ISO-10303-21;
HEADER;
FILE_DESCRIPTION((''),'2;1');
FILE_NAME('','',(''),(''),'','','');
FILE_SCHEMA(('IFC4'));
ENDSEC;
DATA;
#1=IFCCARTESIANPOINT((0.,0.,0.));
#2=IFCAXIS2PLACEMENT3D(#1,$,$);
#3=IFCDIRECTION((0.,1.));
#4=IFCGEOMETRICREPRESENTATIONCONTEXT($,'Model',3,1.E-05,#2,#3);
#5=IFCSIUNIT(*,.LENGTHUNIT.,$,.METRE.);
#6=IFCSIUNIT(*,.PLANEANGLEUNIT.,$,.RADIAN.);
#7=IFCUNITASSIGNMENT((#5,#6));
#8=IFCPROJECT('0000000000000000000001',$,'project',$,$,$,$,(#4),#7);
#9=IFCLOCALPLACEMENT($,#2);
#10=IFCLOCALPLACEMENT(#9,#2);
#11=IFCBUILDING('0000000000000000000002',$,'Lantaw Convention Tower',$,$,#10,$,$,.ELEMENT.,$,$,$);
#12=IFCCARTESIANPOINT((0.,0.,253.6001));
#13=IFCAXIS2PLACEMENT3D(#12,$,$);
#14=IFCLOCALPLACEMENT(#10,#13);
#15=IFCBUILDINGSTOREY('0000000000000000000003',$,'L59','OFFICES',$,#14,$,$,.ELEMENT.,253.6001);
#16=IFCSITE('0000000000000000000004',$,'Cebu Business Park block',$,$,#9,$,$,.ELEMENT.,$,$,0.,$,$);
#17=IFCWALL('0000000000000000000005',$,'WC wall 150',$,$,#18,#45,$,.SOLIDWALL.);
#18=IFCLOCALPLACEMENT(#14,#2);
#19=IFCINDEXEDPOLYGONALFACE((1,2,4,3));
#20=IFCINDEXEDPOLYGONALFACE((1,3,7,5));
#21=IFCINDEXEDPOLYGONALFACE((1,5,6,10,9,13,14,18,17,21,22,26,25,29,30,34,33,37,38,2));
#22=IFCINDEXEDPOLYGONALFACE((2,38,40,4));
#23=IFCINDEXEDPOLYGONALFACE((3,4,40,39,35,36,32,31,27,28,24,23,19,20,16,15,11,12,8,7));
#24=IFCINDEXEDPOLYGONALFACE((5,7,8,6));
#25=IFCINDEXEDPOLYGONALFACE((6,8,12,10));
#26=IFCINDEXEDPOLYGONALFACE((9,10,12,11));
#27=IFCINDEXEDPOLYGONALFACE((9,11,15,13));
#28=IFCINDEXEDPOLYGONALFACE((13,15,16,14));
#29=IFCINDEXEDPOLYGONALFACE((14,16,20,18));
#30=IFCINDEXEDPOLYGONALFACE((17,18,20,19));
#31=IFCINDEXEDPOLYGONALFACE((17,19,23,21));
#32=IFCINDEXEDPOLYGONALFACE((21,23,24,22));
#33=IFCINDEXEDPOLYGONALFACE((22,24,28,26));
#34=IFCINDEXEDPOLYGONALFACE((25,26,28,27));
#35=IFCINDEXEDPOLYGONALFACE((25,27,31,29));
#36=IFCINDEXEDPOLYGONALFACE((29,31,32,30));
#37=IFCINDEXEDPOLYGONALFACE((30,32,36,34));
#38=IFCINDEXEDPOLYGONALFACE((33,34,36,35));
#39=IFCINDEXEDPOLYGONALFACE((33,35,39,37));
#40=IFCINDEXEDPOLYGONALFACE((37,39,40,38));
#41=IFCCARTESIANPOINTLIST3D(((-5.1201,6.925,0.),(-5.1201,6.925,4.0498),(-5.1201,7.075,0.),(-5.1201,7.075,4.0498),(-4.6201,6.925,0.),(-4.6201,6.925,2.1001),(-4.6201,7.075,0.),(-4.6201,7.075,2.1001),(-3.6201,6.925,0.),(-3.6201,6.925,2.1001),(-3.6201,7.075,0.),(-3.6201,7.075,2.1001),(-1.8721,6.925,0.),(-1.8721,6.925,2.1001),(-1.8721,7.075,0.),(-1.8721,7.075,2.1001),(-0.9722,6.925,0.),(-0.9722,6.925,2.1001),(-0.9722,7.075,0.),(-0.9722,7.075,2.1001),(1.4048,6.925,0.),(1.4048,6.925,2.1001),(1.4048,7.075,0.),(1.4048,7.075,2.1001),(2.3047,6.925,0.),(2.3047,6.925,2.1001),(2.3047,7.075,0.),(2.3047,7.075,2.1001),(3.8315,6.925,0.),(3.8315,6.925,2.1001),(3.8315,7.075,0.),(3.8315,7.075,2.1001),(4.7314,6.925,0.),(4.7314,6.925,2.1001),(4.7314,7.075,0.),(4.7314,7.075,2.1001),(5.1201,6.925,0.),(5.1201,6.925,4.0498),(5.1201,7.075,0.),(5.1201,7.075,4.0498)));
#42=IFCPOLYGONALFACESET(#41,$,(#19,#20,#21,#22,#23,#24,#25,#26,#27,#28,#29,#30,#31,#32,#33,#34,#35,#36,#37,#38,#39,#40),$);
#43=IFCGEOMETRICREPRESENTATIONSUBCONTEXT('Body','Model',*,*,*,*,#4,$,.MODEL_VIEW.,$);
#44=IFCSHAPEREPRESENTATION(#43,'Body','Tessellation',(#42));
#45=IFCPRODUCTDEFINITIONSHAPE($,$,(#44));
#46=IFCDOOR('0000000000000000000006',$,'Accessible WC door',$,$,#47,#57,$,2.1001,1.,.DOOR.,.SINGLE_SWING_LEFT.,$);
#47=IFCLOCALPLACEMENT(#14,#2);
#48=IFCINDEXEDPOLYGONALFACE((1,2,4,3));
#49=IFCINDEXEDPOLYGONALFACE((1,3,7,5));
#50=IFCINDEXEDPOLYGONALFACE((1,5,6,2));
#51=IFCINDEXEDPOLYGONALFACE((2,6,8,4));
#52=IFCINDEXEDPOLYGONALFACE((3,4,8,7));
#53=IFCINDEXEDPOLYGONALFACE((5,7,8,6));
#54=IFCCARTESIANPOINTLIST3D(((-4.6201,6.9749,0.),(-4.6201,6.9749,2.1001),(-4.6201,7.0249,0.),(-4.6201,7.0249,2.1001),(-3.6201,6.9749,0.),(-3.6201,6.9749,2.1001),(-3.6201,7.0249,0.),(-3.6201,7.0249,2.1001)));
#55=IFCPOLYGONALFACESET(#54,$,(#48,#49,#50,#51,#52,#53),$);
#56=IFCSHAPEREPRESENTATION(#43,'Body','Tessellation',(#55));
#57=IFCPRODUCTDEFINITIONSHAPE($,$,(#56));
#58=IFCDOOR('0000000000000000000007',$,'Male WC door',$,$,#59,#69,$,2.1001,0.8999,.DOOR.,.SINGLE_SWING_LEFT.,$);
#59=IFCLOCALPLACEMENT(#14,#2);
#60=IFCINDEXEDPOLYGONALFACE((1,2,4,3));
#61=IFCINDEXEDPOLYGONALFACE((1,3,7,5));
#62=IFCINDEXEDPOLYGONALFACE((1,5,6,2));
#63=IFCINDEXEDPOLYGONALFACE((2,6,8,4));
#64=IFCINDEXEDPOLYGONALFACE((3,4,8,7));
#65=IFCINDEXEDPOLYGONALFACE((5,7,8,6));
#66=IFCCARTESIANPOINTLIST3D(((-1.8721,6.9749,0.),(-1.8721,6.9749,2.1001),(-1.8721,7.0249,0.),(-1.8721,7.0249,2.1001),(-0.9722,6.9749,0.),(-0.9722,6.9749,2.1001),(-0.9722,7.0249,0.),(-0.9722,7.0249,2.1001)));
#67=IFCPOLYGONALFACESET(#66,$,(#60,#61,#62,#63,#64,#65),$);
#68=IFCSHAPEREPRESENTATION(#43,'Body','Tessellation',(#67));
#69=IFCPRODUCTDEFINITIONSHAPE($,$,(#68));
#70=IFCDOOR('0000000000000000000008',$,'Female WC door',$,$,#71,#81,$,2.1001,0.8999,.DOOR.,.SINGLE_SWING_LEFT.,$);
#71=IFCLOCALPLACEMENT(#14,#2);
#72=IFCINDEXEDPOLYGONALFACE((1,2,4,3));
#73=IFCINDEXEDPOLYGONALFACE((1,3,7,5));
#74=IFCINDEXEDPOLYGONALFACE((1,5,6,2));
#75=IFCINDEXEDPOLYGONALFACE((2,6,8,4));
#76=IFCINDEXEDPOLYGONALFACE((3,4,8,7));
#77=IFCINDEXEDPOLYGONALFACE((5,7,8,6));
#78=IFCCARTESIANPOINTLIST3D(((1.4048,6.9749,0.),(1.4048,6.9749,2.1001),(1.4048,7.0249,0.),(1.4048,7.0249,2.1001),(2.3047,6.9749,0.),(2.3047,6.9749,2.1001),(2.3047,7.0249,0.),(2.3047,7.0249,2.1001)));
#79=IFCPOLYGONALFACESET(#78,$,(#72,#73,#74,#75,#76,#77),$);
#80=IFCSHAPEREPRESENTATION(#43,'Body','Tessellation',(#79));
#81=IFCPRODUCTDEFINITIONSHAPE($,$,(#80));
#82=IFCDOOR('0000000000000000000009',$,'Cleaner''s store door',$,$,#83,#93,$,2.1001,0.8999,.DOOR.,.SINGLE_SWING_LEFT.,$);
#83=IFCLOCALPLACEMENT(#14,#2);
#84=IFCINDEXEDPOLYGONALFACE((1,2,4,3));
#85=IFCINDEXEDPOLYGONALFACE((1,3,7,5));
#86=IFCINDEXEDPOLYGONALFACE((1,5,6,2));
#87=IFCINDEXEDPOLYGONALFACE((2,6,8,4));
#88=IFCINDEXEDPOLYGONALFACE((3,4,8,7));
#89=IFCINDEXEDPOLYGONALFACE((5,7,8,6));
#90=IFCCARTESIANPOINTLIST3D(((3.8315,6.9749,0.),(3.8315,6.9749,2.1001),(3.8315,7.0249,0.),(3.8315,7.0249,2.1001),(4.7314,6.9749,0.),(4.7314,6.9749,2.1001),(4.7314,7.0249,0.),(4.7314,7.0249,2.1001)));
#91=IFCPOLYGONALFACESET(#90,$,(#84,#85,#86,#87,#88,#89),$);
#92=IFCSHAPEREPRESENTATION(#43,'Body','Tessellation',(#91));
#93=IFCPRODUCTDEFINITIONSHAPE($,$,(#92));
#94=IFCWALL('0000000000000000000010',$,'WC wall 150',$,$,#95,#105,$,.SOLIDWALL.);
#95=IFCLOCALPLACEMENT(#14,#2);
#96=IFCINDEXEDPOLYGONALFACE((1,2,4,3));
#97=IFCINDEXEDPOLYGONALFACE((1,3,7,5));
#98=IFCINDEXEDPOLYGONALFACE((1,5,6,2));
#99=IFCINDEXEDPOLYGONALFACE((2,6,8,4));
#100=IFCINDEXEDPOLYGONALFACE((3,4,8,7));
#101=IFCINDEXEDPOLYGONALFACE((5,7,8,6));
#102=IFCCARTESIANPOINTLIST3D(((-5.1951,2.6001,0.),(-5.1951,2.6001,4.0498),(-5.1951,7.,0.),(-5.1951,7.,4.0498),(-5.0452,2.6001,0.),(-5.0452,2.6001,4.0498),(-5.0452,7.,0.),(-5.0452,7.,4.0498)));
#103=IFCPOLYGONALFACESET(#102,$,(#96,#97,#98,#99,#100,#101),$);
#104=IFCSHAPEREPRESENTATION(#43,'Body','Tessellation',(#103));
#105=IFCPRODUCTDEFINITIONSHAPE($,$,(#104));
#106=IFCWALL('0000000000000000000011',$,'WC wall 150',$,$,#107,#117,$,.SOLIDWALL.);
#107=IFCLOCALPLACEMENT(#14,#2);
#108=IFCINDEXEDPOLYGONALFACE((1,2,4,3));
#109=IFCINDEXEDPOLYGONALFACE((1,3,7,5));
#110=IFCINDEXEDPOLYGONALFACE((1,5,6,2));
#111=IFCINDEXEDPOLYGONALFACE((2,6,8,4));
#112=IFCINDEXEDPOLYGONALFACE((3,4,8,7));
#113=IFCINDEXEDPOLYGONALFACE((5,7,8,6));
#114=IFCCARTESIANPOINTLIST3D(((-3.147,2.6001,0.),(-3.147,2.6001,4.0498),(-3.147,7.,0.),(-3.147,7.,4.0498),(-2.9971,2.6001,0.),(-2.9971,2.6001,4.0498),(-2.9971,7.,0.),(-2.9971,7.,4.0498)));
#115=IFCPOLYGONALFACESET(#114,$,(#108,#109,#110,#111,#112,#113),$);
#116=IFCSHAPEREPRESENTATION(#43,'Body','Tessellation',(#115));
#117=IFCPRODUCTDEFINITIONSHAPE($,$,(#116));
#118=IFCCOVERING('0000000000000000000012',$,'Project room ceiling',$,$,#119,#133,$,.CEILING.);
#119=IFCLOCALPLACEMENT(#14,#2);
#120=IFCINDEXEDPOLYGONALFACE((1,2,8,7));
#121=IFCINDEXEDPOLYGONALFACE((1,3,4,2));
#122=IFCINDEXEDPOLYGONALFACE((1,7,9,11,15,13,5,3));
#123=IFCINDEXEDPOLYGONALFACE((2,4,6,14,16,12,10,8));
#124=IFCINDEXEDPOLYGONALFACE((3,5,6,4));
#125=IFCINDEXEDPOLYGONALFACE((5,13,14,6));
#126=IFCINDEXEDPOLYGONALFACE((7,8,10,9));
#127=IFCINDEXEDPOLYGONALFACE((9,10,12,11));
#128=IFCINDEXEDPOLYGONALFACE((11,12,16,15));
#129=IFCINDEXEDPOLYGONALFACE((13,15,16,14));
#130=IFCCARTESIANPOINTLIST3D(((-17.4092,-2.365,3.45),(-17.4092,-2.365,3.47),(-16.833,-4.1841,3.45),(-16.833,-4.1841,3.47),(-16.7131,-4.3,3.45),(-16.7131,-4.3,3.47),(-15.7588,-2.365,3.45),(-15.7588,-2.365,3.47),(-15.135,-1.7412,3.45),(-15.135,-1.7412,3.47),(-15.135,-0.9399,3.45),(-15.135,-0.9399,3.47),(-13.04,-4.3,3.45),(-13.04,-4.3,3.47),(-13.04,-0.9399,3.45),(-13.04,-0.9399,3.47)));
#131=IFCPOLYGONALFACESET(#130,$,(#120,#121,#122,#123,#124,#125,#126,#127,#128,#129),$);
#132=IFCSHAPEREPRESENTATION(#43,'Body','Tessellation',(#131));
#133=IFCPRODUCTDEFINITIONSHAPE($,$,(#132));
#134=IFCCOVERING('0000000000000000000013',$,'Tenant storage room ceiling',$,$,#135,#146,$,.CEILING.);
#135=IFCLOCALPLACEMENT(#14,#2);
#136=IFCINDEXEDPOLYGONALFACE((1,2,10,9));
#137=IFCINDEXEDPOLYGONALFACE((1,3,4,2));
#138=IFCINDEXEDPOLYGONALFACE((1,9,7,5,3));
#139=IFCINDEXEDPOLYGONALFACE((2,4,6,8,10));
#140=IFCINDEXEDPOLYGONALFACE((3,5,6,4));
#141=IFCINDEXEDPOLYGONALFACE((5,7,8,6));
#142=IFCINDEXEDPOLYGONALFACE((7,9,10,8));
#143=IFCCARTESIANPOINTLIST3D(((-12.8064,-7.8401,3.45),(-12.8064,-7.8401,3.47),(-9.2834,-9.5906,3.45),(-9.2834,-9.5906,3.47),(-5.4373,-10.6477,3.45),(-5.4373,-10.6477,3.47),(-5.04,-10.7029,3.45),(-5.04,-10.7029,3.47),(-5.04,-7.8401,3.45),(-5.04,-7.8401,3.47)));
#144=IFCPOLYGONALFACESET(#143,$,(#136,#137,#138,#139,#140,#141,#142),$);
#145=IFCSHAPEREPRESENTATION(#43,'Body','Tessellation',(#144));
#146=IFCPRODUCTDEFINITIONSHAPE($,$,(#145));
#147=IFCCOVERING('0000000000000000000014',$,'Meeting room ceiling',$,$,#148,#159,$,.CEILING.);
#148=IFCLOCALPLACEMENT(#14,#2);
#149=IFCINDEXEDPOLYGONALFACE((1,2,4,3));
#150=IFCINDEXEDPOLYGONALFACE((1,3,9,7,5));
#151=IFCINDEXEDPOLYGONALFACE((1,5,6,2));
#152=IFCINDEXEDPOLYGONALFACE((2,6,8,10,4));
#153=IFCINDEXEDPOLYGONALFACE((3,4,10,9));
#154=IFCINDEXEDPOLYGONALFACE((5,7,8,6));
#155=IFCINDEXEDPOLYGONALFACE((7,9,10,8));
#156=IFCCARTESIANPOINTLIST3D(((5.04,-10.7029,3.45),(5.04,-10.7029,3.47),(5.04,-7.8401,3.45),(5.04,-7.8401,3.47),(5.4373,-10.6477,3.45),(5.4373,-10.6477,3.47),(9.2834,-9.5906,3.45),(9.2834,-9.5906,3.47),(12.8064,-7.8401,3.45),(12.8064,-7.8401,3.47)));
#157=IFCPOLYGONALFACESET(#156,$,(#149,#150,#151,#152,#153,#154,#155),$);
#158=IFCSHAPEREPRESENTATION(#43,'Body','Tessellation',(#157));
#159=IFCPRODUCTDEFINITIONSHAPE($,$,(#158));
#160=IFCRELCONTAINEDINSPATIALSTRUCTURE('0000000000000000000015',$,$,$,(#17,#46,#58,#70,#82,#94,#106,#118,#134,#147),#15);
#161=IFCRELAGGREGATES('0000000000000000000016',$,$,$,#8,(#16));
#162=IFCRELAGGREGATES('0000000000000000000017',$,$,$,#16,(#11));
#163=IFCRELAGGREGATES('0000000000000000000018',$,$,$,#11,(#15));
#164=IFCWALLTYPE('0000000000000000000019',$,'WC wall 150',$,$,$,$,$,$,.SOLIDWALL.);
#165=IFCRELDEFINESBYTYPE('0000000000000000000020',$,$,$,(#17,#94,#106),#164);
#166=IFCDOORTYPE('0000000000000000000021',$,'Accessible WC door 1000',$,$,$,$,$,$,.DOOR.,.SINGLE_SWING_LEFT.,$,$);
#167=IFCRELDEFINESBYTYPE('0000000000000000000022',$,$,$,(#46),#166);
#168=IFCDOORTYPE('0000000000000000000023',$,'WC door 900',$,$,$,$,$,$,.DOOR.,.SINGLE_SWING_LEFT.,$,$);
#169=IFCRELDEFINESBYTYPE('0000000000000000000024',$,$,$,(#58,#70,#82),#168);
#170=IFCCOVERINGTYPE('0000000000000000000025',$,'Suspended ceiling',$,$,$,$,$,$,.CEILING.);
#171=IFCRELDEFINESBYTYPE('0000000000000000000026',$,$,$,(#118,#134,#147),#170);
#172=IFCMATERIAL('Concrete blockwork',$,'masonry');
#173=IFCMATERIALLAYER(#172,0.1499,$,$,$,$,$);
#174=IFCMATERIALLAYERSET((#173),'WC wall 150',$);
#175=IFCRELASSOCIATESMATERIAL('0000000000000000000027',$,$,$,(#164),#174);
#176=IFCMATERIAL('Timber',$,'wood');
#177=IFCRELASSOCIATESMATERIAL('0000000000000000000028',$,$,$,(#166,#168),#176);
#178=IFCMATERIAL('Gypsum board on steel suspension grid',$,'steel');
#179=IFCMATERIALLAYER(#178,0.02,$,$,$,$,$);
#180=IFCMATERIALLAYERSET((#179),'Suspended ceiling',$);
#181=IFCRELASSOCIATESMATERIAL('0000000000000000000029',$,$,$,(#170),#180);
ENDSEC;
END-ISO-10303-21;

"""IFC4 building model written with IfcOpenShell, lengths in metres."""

from ifc_helpers import new_model, si_unit, direction, frame, frame_2d, origin, place, context, subcontext, project, spatial, polyline, rectangle, outline, extrude, material, layer, layer_set, type_object, element, fill, save


model = new_model("IFC4")

# Units and contexts
model_context = context("Model", 3, precision=1e-05, world=origin(), true_north=direction((0.0, 1.0)))
body_context = subcontext(model_context, "Body", "Model", "MODEL_VIEW")
ifc_project = project(units=[si_unit("LENGTHUNIT", "METRE"), si_unit("PLANEANGLEUNIT", "RADIAN")], contexts=[model_context])

# Site, building, storey
site_placement = place(None, origin())
site = spatial("IfcSite", under=ifc_project, at=site_placement, Name="Cebu Business Park block", CompositionType="ELEMENT", RefElevation=0.0)
building_placement = place(site_placement, origin())
building = spatial("IfcBuilding", under=site, at=building_placement, Name="Lantaw Convention Tower", CompositionType="ELEMENT")
storey_placement = place(building_placement, frame((0.0, 0.0, 253.6001)))
storey = spatial("IfcBuildingStorey", under=building, at=storey_placement, Name="L59", Description="OFFICES", CompositionType="ELEMENT", Elevation=253.6001)

# Wall, openings, doors
ifc_material_1 = material(Name="Concrete blockwork", Category="masonry")
ifc_layer_1 = layer(ifc_material_1, 0.1499)
ifc_layer_set_1 = layer_set([ifc_layer_1], Name="WC wall 150")
wall_type_1 = type_object("IfcWallType", Name="WC wall 150", PredefinedType="SOLIDWALL", material=ifc_layer_set_1)
wall_1_placement = place(storey_placement, frame((-5.1201, 7.0, 0.0), z_axis=(0.0, 0.0, 1.0), x_axis=(1.0, 0.0, 0.0)))
wall_1 = element("IfcWall", 1, at=wall_1_placement, inside=storey, type_object=wall_type_1, Name="WC wall 150", PredefinedType="SOLIDWALL", context=body_context, shape_type="SweptSolid", body=[
    extrude(rectangle(XDim=10.2402, YDim=0.1499, at=frame_2d((5.1201, 0.0))), origin(), (0.0, 0.0, 1.0), 4.0498),
])
opening_1_placement = place(wall_1_placement, frame((0.5, 0.0, 0.0)))
opening_1 = element("IfcOpeningElement", 2, at=opening_1_placement, cuts=wall_1, PredefinedType="OPENING", context=body_context, shape_type="SweptSolid", body=[
    extrude(rectangle(XDim=1.0, YDim=2.1001, at=frame_2d((0.5, 1.05))), frame((0.0, 0.085, 0.0), z_axis=(0.0, -1.0, 0.0), x_axis=(1.0, 0.0, 0.0)), (0.0, 0.0, 1.0), 0.1699),
])
opening_2_placement = place(wall_1_placement, frame((3.248, 0.0, 0.0)))
opening_2 = element("IfcOpeningElement", 3, at=opening_2_placement, cuts=wall_1, PredefinedType="OPENING", context=body_context, shape_type="SweptSolid", body=[
    extrude(rectangle(XDim=0.8999, YDim=2.1001, at=frame_2d((0.45, 1.05))), frame((0.0, 0.085, 0.0), z_axis=(0.0, -1.0, 0.0), x_axis=(1.0, 0.0, 0.0)), (0.0, 0.0, 1.0), 0.1699),
])
opening_3_placement = place(wall_1_placement, frame((6.5249, 0.0, 0.0)))
opening_3 = element("IfcOpeningElement", 4, at=opening_3_placement, cuts=wall_1, PredefinedType="OPENING", context=body_context, shape_type="SweptSolid", body=[
    extrude(rectangle(XDim=0.8999, YDim=2.1001, at=frame_2d((0.45, 1.05))), frame((0.0, 0.085, 0.0), z_axis=(0.0, -1.0, 0.0), x_axis=(1.0, 0.0, 0.0)), (0.0, 0.0, 1.0), 0.1699),
])
opening_4_placement = place(wall_1_placement, frame((8.9517, 0.0, 0.0)))
opening_4 = element("IfcOpeningElement", 5, at=opening_4_placement, cuts=wall_1, PredefinedType="OPENING", context=body_context, shape_type="SweptSolid", body=[
    extrude(rectangle(XDim=0.8999, YDim=2.1001, at=frame_2d((0.45, 1.05))), frame((0.0, 0.085, 0.0), z_axis=(0.0, -1.0, 0.0), x_axis=(1.0, 0.0, 0.0)), (0.0, 0.0, 1.0), 0.1699),
])
ifc_material_2 = material(Name="Timber", Category="wood")
door_type_1 = type_object("IfcDoorType", Name="Accessible WC door 1000", OperationType="SINGLE_SWING_LEFT", PredefinedType="DOOR", material=ifc_material_2)
door_1_placement = place(opening_1_placement, origin())
door_1 = element("IfcDoor", 6, at=door_1_placement, inside=storey, type_object=door_type_1, Name="Accessible WC door", OperationType="SINGLE_SWING_LEFT", OverallHeight=2.1001, OverallWidth=1.0, PredefinedType="DOOR", context=body_context, shape_type="SweptSolid", body=[
    extrude(rectangle(XDim=1.0, YDim=2.1001, at=frame_2d((0.5, 1.05))), frame((0.0, 0.0249, 0.0), z_axis=(0.0, -1.0, 0.0), x_axis=(1.0, 0.0, 0.0)), (0.0, 0.0, 1.0), 0.05),
])
fill(opening_1, door_1)
door_type_2 = type_object("IfcDoorType", Name="WC door 900", OperationType="SINGLE_SWING_LEFT", PredefinedType="DOOR", material=ifc_material_2)
door_2_placement = place(opening_2_placement, origin())
door_2 = element("IfcDoor", 7, at=door_2_placement, inside=storey, type_object=door_type_2, Name="Male WC door", OperationType="SINGLE_SWING_LEFT", OverallHeight=2.1001, OverallWidth=0.8999, PredefinedType="DOOR", context=body_context, shape_type="SweptSolid", body=[
    extrude(rectangle(XDim=0.8999, YDim=2.1001, at=frame_2d((0.45, 1.05))), frame((0.0, 0.0249, 0.0), z_axis=(0.0, -1.0, 0.0), x_axis=(1.0, 0.0, 0.0)), (0.0, 0.0, 1.0), 0.05),
])
fill(opening_2, door_2)
door_3_placement = place(opening_3_placement, origin())
door_3 = element("IfcDoor", 8, at=door_3_placement, inside=storey, type_object=door_type_2, Name="Female WC door", OperationType="SINGLE_SWING_LEFT", OverallHeight=2.1001, OverallWidth=0.8999, PredefinedType="DOOR", context=body_context, shape_type="SweptSolid", body=[
    extrude(rectangle(XDim=0.8999, YDim=2.1001, at=frame_2d((0.45, 1.05))), frame((0.0, 0.0249, 0.0), z_axis=(0.0, -1.0, 0.0), x_axis=(1.0, 0.0, 0.0)), (0.0, 0.0, 1.0), 0.05),
])
fill(opening_3, door_3)
door_4_placement = place(opening_4_placement, origin())
door_4 = element("IfcDoor", 9, at=door_4_placement, inside=storey, type_object=door_type_2, Name="Cleaner's store door", OperationType="SINGLE_SWING_LEFT", OverallHeight=2.1001, OverallWidth=0.8999, PredefinedType="DOOR", context=body_context, shape_type="SweptSolid", body=[
    extrude(rectangle(XDim=0.8999, YDim=2.1001, at=frame_2d((0.45, 1.05))), frame((0.0, 0.0249, 0.0), z_axis=(0.0, -1.0, 0.0), x_axis=(1.0, 0.0, 0.0)), (0.0, 0.0, 1.0), 0.05),
])
fill(opening_4, door_4)

# Walls
for number, where, z_axis, x_axis, name in (
    (10, (-5.1201, 2.6001, 0.0), (0.0, 0.0, 1.0), (0.0, 1.0, 0.0), "WC wall 150"),
    (11, (-3.072, 2.6001, 0.0), (0.0, 0.0, 1.0), (0.0, 1.0, 0.0), "WC wall 150"),
):
    element("IfcWall", number, at=place(storey_placement, frame(where, z_axis=z_axis, x_axis=x_axis)), inside=storey, type_object=wall_type_1, Name=name, PredefinedType="SOLIDWALL", context=body_context, shape_type="SweptSolid", body=[
        extrude(rectangle(XDim=4.3999, YDim=0.1499, at=frame_2d((2.2, 0.0))), origin(), (0.0, 0.0, 1.0), 4.0498),
    ])

# Coverings
ifc_material_3 = material(Name="Gypsum board on steel suspension grid", Category="steel")
ifc_layer_2 = layer(ifc_material_3, 0.02)
ifc_layer_set_2 = layer_set([ifc_layer_2], Name="Suspended ceiling")
covering_type = type_object("IfcCoveringType", Name="Suspended ceiling", PredefinedType="CEILING", material=ifc_layer_set_2)
covering_1_placement = place(storey_placement, frame((0.0, 0.0, 3.45)))
element("IfcCovering", 12, at=covering_1_placement, inside=storey, type_object=covering_type, Name="Project room ceiling", PredefinedType="CEILING", context=body_context, shape_type="SweptSolid", body=[
    extrude(outline(polyline([(-17.4092, -2.365), (-16.833, -4.1841), (-16.7131, -4.3), (-13.04, -4.3), (-13.04, -0.9399), (-15.135, -0.9399), (-15.135, -1.7412), (-15.7588, -2.365), (-17.4092, -2.365)])), origin(), (0.0, 0.0, 1.0), 0.02),
])
covering_2_placement = place(storey_placement, frame((0.0, 0.0, 3.45)))
element("IfcCovering", 13, at=covering_2_placement, inside=storey, type_object=covering_type, Name="Tenant storage room ceiling", PredefinedType="CEILING", context=body_context, shape_type="SweptSolid", body=[
    extrude(outline(polyline([(-5.04, -7.8401), (-12.8064, -7.8401), (-9.2834, -9.5906), (-5.4373, -10.6477), (-5.04, -10.7029), (-5.04, -7.8401)])), origin(), (0.0, 0.0, 1.0), 0.02),
])
covering_3_placement = place(storey_placement, frame((0.0, 0.0, 3.45)))
element("IfcCovering", 14, at=covering_3_placement, inside=storey, type_object=covering_type, Name="Meeting room ceiling", PredefinedType="CEILING", context=body_context, shape_type="SweptSolid", body=[
    extrude(outline(polyline([(5.04, -7.8401), (5.04, -10.7029), (5.4373, -10.6477), (9.2834, -9.5906), (12.8064, -7.8401), (5.04, -7.8401)])), origin(), (0.0, 0.0, 1.0), 0.02),
])

save(model, "model.ifc")
